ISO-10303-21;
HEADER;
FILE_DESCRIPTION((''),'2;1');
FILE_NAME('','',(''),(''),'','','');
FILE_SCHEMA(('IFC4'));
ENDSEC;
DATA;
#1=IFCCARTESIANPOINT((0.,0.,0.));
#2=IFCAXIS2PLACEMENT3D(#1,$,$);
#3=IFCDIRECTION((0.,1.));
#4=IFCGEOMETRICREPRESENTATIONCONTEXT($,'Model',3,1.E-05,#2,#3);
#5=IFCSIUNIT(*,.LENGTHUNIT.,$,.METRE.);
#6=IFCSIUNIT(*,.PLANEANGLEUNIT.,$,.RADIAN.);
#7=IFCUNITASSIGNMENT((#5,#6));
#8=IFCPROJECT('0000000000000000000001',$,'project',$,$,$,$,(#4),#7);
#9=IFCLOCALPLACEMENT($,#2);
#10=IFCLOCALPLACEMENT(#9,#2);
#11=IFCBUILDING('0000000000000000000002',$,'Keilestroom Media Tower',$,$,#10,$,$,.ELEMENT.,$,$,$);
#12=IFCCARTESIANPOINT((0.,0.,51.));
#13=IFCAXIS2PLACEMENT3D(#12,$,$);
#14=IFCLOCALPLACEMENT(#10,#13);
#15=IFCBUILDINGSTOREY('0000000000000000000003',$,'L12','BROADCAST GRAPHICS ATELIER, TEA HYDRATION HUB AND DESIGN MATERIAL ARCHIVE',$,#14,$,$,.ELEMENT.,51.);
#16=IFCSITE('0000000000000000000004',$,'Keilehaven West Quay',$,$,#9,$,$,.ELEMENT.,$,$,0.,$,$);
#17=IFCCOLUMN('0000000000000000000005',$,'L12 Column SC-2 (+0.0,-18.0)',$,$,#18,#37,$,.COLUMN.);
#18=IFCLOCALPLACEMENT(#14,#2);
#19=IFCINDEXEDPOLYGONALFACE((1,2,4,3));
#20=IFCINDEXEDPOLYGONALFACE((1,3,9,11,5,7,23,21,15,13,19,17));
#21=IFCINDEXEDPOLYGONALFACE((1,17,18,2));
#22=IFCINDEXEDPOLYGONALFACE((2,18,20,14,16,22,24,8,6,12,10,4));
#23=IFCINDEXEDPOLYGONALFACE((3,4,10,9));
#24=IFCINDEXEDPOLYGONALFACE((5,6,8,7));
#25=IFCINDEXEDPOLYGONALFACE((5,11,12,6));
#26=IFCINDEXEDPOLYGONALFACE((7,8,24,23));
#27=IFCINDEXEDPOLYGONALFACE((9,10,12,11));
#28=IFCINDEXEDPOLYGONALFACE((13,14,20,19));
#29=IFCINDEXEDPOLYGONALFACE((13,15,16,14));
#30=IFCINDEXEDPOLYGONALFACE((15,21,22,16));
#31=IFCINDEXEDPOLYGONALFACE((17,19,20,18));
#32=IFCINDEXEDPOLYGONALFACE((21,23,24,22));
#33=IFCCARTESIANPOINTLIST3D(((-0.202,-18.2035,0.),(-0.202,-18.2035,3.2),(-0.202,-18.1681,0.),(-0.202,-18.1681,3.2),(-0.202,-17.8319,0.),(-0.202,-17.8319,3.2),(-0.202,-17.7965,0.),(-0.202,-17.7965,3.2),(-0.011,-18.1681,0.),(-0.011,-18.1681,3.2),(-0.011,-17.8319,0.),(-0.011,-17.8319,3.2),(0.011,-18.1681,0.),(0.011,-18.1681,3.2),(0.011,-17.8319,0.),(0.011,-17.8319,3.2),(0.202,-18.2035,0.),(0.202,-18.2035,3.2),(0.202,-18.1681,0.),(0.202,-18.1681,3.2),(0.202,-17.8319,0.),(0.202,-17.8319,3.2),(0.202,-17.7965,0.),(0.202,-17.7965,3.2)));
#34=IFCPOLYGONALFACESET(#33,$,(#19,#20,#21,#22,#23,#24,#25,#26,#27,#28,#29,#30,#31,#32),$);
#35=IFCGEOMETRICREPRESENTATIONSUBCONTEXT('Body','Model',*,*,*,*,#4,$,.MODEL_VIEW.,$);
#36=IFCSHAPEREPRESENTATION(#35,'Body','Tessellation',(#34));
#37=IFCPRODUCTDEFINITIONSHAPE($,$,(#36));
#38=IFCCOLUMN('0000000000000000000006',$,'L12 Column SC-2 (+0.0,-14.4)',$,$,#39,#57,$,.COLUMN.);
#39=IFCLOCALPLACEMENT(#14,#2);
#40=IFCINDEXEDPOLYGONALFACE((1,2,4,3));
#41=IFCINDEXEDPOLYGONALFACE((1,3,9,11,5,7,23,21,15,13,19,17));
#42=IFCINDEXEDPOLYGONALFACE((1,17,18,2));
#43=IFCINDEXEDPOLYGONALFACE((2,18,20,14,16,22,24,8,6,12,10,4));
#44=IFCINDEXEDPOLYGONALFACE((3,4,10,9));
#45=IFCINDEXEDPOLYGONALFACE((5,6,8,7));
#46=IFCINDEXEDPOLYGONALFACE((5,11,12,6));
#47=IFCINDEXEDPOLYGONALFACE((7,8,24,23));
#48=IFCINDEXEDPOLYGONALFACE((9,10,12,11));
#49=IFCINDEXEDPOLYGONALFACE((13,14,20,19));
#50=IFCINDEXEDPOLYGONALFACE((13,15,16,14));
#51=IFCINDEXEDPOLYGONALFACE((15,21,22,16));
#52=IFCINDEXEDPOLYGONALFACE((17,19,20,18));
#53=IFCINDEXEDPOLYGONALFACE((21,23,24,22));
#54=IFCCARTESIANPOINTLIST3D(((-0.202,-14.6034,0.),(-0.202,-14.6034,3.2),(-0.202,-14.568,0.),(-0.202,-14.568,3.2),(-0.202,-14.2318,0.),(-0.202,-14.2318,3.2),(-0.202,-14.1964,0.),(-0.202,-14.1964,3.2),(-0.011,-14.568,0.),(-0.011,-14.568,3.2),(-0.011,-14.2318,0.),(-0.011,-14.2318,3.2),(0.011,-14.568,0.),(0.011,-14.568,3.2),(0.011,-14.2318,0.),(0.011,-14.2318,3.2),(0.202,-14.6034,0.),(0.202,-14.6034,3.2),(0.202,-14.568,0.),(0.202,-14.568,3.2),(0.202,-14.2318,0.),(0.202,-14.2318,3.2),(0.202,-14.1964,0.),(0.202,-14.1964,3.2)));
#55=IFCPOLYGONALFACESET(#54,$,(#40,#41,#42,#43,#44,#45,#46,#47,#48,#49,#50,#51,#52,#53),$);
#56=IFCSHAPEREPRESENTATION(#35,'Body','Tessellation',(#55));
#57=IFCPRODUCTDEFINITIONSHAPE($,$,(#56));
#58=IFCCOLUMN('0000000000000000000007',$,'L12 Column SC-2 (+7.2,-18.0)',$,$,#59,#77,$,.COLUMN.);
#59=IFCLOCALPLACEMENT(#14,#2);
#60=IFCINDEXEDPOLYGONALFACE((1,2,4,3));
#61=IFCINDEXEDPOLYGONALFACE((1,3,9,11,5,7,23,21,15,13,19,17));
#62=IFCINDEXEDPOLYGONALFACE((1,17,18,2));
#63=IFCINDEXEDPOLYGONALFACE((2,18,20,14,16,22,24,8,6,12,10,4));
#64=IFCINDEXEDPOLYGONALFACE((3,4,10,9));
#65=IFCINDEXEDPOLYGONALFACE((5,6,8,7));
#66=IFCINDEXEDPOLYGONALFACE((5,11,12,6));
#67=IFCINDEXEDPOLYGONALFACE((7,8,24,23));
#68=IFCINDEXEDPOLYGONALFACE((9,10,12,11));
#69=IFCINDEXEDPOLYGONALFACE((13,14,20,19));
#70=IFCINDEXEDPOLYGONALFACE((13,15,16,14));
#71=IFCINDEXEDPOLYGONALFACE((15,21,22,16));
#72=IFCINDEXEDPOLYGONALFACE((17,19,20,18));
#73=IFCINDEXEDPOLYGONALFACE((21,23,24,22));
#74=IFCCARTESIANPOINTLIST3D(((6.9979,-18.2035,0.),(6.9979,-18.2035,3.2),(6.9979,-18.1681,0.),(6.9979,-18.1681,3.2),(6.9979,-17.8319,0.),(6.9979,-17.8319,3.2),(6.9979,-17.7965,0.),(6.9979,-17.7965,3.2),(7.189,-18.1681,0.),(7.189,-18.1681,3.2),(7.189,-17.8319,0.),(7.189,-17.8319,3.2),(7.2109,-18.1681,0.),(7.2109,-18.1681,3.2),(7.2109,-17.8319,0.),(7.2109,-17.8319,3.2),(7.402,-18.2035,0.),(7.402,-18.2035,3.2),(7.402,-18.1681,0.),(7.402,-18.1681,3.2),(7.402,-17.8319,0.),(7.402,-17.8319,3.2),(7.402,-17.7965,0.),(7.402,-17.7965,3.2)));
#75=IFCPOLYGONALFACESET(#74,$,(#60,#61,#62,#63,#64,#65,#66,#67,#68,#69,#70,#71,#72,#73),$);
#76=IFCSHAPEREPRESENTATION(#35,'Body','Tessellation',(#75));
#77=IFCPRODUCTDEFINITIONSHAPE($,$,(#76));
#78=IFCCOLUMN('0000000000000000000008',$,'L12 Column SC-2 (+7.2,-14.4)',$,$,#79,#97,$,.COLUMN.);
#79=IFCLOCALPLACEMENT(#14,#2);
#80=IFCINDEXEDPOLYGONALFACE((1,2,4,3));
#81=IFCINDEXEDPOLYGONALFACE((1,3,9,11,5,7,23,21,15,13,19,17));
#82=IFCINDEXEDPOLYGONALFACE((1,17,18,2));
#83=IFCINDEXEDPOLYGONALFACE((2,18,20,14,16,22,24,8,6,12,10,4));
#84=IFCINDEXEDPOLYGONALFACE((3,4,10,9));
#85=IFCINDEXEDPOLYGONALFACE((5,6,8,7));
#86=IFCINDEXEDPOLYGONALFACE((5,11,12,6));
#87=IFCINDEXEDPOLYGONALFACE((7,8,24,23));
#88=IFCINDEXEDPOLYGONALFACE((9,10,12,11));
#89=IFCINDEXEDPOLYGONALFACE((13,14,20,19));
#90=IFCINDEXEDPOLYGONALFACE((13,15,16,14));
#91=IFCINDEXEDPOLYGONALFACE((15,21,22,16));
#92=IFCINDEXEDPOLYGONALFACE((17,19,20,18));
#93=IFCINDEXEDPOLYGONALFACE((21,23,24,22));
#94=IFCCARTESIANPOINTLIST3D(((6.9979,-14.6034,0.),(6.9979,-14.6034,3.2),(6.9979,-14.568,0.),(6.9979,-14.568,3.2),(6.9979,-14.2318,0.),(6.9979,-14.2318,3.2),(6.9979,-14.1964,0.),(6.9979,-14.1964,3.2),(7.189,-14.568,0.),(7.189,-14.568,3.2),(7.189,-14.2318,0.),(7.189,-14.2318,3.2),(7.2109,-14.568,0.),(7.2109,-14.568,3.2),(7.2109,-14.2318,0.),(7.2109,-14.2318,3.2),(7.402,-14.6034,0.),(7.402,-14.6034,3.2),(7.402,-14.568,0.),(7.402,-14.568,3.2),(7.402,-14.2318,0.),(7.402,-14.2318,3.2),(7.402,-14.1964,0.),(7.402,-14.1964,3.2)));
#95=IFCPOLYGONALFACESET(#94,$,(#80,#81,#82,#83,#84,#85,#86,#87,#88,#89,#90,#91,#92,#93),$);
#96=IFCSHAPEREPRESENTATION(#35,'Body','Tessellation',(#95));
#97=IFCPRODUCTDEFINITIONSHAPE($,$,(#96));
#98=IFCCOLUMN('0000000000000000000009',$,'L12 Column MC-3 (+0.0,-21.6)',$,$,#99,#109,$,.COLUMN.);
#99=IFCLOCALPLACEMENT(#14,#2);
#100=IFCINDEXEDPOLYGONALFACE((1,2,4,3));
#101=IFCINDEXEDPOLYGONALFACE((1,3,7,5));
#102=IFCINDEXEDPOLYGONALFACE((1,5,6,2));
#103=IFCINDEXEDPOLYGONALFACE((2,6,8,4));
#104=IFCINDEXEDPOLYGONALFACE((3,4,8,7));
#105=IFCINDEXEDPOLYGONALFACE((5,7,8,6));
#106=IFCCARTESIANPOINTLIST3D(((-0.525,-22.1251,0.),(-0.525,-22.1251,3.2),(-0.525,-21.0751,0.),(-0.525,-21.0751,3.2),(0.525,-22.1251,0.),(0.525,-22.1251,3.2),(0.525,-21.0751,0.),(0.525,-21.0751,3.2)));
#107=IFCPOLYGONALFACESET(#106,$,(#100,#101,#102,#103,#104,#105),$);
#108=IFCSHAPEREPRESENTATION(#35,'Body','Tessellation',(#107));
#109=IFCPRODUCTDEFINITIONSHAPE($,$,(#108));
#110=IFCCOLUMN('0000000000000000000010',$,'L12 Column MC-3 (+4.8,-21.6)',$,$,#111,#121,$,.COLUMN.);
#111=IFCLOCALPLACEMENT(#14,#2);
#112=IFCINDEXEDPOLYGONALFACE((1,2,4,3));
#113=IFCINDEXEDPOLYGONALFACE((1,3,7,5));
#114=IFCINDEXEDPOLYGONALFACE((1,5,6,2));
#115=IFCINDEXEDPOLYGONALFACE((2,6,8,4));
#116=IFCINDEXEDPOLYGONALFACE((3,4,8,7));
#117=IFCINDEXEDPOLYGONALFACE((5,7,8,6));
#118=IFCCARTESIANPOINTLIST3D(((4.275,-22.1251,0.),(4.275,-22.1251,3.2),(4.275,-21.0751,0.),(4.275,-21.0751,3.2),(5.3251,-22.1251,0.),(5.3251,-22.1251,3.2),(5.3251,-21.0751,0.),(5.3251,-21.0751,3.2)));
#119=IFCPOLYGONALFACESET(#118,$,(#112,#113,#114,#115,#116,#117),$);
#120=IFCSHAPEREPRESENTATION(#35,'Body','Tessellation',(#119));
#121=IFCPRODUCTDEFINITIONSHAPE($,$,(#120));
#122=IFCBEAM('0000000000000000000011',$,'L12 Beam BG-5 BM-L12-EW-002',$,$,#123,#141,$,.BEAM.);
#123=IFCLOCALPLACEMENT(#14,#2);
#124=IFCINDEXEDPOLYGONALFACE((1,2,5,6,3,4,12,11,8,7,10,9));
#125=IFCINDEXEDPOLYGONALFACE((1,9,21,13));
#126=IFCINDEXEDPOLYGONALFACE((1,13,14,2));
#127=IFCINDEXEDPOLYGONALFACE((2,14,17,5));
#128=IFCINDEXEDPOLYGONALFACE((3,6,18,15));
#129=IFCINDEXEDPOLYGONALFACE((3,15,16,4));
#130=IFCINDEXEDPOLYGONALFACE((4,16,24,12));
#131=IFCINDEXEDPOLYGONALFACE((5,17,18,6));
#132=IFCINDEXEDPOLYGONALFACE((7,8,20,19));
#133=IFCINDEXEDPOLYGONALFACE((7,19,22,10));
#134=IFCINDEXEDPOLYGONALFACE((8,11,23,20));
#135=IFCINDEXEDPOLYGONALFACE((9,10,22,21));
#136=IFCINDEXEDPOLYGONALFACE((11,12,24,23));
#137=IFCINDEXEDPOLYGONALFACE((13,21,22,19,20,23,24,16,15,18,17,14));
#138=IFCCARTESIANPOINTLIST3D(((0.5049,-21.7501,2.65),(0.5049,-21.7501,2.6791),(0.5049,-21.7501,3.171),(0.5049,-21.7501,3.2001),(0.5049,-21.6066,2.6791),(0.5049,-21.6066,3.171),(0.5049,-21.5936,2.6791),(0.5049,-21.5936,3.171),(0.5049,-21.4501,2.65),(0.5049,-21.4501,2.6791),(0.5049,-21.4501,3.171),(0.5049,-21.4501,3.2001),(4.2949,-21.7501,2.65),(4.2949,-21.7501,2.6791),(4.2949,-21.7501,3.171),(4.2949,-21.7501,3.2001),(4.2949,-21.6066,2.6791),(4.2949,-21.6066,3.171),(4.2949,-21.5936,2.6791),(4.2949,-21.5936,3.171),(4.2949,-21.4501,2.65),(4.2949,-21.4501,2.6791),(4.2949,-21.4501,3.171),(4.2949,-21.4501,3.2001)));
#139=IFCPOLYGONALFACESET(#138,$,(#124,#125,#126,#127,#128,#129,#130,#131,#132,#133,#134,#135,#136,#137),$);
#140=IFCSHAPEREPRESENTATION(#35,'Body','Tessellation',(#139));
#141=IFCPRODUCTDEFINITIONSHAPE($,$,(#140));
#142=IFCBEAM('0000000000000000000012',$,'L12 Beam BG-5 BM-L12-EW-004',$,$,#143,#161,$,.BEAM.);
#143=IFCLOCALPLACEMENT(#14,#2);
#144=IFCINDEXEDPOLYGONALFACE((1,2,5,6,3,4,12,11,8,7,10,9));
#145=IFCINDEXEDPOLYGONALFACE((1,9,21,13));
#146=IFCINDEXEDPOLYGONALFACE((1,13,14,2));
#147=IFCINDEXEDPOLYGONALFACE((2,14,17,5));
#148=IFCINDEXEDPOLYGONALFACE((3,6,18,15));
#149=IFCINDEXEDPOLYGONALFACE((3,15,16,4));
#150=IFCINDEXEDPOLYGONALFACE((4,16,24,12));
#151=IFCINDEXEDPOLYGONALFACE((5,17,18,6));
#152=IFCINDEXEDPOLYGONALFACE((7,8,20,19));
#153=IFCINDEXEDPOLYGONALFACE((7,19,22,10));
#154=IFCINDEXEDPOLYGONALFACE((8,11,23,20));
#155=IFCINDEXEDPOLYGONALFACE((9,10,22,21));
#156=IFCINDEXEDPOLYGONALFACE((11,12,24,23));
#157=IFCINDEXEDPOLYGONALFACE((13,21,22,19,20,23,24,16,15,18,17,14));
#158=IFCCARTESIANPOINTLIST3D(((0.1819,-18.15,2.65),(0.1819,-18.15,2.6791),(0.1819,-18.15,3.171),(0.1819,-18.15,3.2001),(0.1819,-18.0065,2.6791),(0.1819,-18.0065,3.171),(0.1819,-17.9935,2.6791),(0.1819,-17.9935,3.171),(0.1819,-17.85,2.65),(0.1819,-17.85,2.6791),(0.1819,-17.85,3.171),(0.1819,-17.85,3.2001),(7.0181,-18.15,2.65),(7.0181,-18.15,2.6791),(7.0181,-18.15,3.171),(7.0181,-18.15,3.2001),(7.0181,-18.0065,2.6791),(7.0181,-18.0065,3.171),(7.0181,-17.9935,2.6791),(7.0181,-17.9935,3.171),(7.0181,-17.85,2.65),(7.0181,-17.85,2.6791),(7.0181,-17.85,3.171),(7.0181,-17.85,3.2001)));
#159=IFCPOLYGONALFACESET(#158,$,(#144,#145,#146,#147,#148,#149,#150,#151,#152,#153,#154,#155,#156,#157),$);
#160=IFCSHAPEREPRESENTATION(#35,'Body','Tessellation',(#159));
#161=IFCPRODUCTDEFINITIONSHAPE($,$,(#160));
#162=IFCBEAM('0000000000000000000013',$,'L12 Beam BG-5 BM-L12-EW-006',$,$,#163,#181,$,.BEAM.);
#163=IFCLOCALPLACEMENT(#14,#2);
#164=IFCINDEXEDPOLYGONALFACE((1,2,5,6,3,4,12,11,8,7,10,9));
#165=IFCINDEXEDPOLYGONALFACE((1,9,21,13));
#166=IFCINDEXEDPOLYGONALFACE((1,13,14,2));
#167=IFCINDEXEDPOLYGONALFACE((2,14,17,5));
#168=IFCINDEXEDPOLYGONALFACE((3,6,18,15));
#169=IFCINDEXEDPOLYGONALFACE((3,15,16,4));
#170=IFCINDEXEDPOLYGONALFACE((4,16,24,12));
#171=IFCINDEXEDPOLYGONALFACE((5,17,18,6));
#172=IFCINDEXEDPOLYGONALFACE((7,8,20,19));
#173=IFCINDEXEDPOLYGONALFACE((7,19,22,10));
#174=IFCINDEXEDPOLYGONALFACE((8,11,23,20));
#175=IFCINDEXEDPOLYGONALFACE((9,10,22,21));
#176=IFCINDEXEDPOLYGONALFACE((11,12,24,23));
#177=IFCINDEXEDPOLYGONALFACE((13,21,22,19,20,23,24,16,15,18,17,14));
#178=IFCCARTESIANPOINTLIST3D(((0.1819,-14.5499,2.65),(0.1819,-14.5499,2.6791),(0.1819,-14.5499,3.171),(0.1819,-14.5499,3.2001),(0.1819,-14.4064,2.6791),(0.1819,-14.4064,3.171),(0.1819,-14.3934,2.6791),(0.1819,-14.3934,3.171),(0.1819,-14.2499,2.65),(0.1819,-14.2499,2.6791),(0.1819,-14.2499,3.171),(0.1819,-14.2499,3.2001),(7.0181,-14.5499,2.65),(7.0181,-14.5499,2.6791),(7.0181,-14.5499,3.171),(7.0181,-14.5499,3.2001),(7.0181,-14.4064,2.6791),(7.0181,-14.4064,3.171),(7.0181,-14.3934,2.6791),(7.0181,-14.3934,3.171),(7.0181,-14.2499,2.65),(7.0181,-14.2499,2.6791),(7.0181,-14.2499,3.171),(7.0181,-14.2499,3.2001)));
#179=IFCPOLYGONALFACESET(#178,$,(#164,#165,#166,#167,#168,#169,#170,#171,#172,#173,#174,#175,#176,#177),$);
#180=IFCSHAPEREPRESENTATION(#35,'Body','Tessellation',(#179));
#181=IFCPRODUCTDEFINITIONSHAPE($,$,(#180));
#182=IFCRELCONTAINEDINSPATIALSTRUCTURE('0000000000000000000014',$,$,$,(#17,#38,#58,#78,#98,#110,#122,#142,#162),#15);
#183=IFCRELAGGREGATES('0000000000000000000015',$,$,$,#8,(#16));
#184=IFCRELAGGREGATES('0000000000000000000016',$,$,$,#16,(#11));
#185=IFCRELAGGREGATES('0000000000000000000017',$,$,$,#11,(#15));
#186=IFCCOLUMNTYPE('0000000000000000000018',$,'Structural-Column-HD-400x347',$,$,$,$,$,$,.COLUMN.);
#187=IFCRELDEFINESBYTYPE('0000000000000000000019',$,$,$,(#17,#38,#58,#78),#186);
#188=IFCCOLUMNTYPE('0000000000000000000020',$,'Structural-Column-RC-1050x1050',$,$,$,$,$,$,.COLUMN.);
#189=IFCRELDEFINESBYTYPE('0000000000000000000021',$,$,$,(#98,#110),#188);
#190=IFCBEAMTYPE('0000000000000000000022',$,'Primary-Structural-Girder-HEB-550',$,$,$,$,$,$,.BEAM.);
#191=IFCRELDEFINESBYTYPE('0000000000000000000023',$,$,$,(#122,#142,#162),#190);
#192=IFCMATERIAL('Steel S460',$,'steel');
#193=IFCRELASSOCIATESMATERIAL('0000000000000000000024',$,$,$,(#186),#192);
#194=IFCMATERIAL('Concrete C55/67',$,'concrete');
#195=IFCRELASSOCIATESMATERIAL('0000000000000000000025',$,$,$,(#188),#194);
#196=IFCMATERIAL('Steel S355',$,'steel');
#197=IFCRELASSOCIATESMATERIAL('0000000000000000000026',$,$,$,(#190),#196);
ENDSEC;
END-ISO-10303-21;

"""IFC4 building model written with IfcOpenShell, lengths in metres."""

from ifc_helpers import new_model, si_unit, direction, frame, origin, origin_2d, place, context, subcontext, project, spatial, rectangle, i_section, extrude, source, transform, mapped, material, material_profile, profile_set, type_object, element, save


model = new_model("IFC4")

# Units and contexts
model_context = context("Model", 3, precision=1e-05, world=origin(), true_north=direction((0.0, 1.0)))
body_context = subcontext(model_context, "Body", "Model", "MODEL_VIEW")
ifc_project = project(units=[si_unit("LENGTHUNIT", "METRE"), si_unit("PLANEANGLEUNIT", "RADIAN")], contexts=[model_context])

# Site, building, storey
site_placement = place(None, origin())
site = spatial("IfcSite", under=ifc_project, at=site_placement, Name="Keilehaven West Quay", CompositionType="ELEMENT", RefElevation=0.0)
building_placement = place(site_placement, origin())
building = spatial("IfcBuilding", under=site, at=building_placement, Name="Keilestroom Media Tower", CompositionType="ELEMENT")
storey_placement = place(building_placement, frame((0.0, 0.0, 51.0)))
storey = spatial("IfcBuildingStorey", under=building, at=storey_placement, Name="L12", Description="BROADCAST GRAPHICS ATELIER, TEA HYDRATION HUB AND DESIGN MATERIAL ARCHIVE", CompositionType="ELEMENT", Elevation=51.0)

# Columns
ifc_material_1 = material(Name="Steel S460", Category="steel")
ifc_material_profile_1 = material_profile(ifc_material_1, i_section(OverallWidth=0.4041, OverallDepth=0.407, WebThickness=0.022, FlangeThickness=0.0354, at=origin_2d()), Name="HD 400x347")
ifc_profile_set_1 = profile_set([ifc_material_profile_1], Name="Steel S460")
column_type_1 = type_object("IfcColumnType", Name="Structural-Column-HD-400x347", PredefinedType="COLUMN", material=ifc_profile_set_1)
shared_shape_1 = source(origin(), body_context, "Body", "SweptSolid", [
    extrude(i_section(OverallWidth=0.4041, OverallDepth=0.407, WebThickness=0.022, FlangeThickness=0.0354, at=origin_2d()), origin(), (0.0, 0.0, 1.0), 3.2),
])
for number, where, z_axis, x_axis, name in (
    (1, (0.0, -18.0, 0.0), (0.0, 0.0, 1.0), (1.0, 0.0, 0.0), "L12 Column SC-2 (+0.0,-18.0)"),
    (2, (0.0, -14.3999, 0.0), (0.0, 0.0, 1.0), (1.0, 0.0, 0.0), "L12 Column SC-2 (+0.0,-14.4)"),
    (3, (7.2, -18.0, 0.0), (0.0, 0.0, 1.0), (1.0, 0.0, 0.0), "L12 Column SC-2 (+7.2,-18.0)"),
    (4, (7.2, -14.3999, 0.0), (0.0, 0.0, 1.0), (1.0, 0.0, 0.0), "L12 Column SC-2 (+7.2,-14.4)"),
):
    element("IfcColumn", number, at=place(storey_placement, frame(where, z_axis=z_axis, x_axis=x_axis)), inside=storey, type_object=column_type_1, Name=name, PredefinedType="COLUMN", context=body_context, shape_type="MappedRepresentation", body=[
        mapped(shared_shape_1, transform((0.0, 0.0, 0.0), x_axis=(1.0, 0.0, 0.0), y_axis=(0.0, 1.0, 0.0), z_axis=(0.0, 0.0, 1.0), scale=1.0)),
    ])
ifc_material_2 = material(Name="Concrete C55/67", Category="concrete")
ifc_material_profile_2 = material_profile(ifc_material_2, rectangle(XDim=1.05, YDim=1.05, at=origin_2d()), Name="RC 1050x1050")
ifc_profile_set_2 = profile_set([ifc_material_profile_2], Name="Concrete C55/67")
column_type_2 = type_object("IfcColumnType", Name="Structural-Column-RC-1050x1050", PredefinedType="COLUMN", material=ifc_profile_set_2)
shared_shape_2 = source(origin(), body_context, "Body", "SweptSolid", [
    extrude(rectangle(XDim=1.05, YDim=1.05, at=origin_2d()), origin(), (0.0, 0.0, 1.0), 3.2),
])
for number, where, z_axis, x_axis, name in (
    (5, (0.0, -21.6001, 0.0), (0.0, 0.0, 1.0), (1.0, 0.0, 0.0), "L12 Column MC-3 (+0.0,-21.6)"),
    (6, (4.8, -21.6001, 0.0), (0.0, 0.0, 1.0), (1.0, 0.0, 0.0), "L12 Column MC-3 (+4.8,-21.6)"),
):
    element("IfcColumn", number, at=place(storey_placement, frame(where, z_axis=z_axis, x_axis=x_axis)), inside=storey, type_object=column_type_2, Name=name, PredefinedType="COLUMN", context=body_context, shape_type="MappedRepresentation", body=[
        mapped(shared_shape_2, transform((0.0, 0.0, 0.0), x_axis=(1.0, 0.0, 0.0), y_axis=(0.0, 1.0, 0.0), z_axis=(0.0, 0.0, 1.0), scale=1.0)),
    ])

# Beams
ifc_material_3 = material(Name="Steel S355", Category="steel")
ifc_material_profile_3 = material_profile(ifc_material_3, i_section(OverallWidth=0.3, OverallDepth=0.55, WebThickness=0.0129, FlangeThickness=0.0291, at=origin_2d()), Name="HEB 550")
ifc_profile_set_3 = profile_set([ifc_material_profile_3], Name="Steel S355")
beam_type_1 = type_object("IfcBeamType", Name="Primary-Structural-Girder-HEB-550", PredefinedType="BEAM", material=ifc_profile_set_3)
shared_shape_3 = source(origin(), body_context, "Body", "SweptSolid", [
    extrude(i_section(OverallWidth=0.3, OverallDepth=0.55, WebThickness=0.0129, FlangeThickness=0.0291, at=origin_2d()), origin(), (0.0, 0.0, 1.0), 3.79),
])
beam_1_placement = place(storey_placement, frame((0.5049, -21.6001, 2.925), z_axis=(1.0, 0.0, 0.0), x_axis=(0.0, 1.0, 0.0)))
element("IfcBeam", 7, at=beam_1_placement, inside=storey, type_object=beam_type_1, Name="L12 Beam BG-5 BM-L12-EW-002", PredefinedType="BEAM", context=body_context, shape_type="MappedRepresentation", body=[
    mapped(shared_shape_3, transform((0.0, 0.0, 0.0), x_axis=(1.0, 0.0, 0.0), y_axis=(0.0, 1.0, 0.0), z_axis=(0.0, 0.0, 1.0), scale=1.0)),
])
shared_shape_4 = source(origin(), body_context, "Body", "SweptSolid", [
    extrude(i_section(OverallWidth=0.3, OverallDepth=0.55, WebThickness=0.0129, FlangeThickness=0.0291, at=origin_2d()), origin(), (0.0, 0.0, 1.0), 6.8362),
])
for number, where, z_axis, x_axis, name in (
    (8, (0.1819, -18.0, 2.925), (1.0, 0.0, 0.0), (0.0, 1.0, 0.0), "L12 Beam BG-5 BM-L12-EW-004"),
    (9, (0.1819, -14.3999, 2.925), (1.0, 0.0, 0.0), (0.0, 1.0, 0.0), "L12 Beam BG-5 BM-L12-EW-006"),
):
    element("IfcBeam", number, at=place(storey_placement, frame(where, z_axis=z_axis, x_axis=x_axis)), inside=storey, type_object=beam_type_1, Name=name, PredefinedType="BEAM", context=body_context, shape_type="MappedRepresentation", body=[
        mapped(shared_shape_4, transform((0.0, 0.0, 0.0), x_axis=(1.0, 0.0, 0.0), y_axis=(0.0, 1.0, 0.0), z_axis=(0.0, 0.0, 1.0), scale=1.0)),
    ])

save(model, "model.ifc")
